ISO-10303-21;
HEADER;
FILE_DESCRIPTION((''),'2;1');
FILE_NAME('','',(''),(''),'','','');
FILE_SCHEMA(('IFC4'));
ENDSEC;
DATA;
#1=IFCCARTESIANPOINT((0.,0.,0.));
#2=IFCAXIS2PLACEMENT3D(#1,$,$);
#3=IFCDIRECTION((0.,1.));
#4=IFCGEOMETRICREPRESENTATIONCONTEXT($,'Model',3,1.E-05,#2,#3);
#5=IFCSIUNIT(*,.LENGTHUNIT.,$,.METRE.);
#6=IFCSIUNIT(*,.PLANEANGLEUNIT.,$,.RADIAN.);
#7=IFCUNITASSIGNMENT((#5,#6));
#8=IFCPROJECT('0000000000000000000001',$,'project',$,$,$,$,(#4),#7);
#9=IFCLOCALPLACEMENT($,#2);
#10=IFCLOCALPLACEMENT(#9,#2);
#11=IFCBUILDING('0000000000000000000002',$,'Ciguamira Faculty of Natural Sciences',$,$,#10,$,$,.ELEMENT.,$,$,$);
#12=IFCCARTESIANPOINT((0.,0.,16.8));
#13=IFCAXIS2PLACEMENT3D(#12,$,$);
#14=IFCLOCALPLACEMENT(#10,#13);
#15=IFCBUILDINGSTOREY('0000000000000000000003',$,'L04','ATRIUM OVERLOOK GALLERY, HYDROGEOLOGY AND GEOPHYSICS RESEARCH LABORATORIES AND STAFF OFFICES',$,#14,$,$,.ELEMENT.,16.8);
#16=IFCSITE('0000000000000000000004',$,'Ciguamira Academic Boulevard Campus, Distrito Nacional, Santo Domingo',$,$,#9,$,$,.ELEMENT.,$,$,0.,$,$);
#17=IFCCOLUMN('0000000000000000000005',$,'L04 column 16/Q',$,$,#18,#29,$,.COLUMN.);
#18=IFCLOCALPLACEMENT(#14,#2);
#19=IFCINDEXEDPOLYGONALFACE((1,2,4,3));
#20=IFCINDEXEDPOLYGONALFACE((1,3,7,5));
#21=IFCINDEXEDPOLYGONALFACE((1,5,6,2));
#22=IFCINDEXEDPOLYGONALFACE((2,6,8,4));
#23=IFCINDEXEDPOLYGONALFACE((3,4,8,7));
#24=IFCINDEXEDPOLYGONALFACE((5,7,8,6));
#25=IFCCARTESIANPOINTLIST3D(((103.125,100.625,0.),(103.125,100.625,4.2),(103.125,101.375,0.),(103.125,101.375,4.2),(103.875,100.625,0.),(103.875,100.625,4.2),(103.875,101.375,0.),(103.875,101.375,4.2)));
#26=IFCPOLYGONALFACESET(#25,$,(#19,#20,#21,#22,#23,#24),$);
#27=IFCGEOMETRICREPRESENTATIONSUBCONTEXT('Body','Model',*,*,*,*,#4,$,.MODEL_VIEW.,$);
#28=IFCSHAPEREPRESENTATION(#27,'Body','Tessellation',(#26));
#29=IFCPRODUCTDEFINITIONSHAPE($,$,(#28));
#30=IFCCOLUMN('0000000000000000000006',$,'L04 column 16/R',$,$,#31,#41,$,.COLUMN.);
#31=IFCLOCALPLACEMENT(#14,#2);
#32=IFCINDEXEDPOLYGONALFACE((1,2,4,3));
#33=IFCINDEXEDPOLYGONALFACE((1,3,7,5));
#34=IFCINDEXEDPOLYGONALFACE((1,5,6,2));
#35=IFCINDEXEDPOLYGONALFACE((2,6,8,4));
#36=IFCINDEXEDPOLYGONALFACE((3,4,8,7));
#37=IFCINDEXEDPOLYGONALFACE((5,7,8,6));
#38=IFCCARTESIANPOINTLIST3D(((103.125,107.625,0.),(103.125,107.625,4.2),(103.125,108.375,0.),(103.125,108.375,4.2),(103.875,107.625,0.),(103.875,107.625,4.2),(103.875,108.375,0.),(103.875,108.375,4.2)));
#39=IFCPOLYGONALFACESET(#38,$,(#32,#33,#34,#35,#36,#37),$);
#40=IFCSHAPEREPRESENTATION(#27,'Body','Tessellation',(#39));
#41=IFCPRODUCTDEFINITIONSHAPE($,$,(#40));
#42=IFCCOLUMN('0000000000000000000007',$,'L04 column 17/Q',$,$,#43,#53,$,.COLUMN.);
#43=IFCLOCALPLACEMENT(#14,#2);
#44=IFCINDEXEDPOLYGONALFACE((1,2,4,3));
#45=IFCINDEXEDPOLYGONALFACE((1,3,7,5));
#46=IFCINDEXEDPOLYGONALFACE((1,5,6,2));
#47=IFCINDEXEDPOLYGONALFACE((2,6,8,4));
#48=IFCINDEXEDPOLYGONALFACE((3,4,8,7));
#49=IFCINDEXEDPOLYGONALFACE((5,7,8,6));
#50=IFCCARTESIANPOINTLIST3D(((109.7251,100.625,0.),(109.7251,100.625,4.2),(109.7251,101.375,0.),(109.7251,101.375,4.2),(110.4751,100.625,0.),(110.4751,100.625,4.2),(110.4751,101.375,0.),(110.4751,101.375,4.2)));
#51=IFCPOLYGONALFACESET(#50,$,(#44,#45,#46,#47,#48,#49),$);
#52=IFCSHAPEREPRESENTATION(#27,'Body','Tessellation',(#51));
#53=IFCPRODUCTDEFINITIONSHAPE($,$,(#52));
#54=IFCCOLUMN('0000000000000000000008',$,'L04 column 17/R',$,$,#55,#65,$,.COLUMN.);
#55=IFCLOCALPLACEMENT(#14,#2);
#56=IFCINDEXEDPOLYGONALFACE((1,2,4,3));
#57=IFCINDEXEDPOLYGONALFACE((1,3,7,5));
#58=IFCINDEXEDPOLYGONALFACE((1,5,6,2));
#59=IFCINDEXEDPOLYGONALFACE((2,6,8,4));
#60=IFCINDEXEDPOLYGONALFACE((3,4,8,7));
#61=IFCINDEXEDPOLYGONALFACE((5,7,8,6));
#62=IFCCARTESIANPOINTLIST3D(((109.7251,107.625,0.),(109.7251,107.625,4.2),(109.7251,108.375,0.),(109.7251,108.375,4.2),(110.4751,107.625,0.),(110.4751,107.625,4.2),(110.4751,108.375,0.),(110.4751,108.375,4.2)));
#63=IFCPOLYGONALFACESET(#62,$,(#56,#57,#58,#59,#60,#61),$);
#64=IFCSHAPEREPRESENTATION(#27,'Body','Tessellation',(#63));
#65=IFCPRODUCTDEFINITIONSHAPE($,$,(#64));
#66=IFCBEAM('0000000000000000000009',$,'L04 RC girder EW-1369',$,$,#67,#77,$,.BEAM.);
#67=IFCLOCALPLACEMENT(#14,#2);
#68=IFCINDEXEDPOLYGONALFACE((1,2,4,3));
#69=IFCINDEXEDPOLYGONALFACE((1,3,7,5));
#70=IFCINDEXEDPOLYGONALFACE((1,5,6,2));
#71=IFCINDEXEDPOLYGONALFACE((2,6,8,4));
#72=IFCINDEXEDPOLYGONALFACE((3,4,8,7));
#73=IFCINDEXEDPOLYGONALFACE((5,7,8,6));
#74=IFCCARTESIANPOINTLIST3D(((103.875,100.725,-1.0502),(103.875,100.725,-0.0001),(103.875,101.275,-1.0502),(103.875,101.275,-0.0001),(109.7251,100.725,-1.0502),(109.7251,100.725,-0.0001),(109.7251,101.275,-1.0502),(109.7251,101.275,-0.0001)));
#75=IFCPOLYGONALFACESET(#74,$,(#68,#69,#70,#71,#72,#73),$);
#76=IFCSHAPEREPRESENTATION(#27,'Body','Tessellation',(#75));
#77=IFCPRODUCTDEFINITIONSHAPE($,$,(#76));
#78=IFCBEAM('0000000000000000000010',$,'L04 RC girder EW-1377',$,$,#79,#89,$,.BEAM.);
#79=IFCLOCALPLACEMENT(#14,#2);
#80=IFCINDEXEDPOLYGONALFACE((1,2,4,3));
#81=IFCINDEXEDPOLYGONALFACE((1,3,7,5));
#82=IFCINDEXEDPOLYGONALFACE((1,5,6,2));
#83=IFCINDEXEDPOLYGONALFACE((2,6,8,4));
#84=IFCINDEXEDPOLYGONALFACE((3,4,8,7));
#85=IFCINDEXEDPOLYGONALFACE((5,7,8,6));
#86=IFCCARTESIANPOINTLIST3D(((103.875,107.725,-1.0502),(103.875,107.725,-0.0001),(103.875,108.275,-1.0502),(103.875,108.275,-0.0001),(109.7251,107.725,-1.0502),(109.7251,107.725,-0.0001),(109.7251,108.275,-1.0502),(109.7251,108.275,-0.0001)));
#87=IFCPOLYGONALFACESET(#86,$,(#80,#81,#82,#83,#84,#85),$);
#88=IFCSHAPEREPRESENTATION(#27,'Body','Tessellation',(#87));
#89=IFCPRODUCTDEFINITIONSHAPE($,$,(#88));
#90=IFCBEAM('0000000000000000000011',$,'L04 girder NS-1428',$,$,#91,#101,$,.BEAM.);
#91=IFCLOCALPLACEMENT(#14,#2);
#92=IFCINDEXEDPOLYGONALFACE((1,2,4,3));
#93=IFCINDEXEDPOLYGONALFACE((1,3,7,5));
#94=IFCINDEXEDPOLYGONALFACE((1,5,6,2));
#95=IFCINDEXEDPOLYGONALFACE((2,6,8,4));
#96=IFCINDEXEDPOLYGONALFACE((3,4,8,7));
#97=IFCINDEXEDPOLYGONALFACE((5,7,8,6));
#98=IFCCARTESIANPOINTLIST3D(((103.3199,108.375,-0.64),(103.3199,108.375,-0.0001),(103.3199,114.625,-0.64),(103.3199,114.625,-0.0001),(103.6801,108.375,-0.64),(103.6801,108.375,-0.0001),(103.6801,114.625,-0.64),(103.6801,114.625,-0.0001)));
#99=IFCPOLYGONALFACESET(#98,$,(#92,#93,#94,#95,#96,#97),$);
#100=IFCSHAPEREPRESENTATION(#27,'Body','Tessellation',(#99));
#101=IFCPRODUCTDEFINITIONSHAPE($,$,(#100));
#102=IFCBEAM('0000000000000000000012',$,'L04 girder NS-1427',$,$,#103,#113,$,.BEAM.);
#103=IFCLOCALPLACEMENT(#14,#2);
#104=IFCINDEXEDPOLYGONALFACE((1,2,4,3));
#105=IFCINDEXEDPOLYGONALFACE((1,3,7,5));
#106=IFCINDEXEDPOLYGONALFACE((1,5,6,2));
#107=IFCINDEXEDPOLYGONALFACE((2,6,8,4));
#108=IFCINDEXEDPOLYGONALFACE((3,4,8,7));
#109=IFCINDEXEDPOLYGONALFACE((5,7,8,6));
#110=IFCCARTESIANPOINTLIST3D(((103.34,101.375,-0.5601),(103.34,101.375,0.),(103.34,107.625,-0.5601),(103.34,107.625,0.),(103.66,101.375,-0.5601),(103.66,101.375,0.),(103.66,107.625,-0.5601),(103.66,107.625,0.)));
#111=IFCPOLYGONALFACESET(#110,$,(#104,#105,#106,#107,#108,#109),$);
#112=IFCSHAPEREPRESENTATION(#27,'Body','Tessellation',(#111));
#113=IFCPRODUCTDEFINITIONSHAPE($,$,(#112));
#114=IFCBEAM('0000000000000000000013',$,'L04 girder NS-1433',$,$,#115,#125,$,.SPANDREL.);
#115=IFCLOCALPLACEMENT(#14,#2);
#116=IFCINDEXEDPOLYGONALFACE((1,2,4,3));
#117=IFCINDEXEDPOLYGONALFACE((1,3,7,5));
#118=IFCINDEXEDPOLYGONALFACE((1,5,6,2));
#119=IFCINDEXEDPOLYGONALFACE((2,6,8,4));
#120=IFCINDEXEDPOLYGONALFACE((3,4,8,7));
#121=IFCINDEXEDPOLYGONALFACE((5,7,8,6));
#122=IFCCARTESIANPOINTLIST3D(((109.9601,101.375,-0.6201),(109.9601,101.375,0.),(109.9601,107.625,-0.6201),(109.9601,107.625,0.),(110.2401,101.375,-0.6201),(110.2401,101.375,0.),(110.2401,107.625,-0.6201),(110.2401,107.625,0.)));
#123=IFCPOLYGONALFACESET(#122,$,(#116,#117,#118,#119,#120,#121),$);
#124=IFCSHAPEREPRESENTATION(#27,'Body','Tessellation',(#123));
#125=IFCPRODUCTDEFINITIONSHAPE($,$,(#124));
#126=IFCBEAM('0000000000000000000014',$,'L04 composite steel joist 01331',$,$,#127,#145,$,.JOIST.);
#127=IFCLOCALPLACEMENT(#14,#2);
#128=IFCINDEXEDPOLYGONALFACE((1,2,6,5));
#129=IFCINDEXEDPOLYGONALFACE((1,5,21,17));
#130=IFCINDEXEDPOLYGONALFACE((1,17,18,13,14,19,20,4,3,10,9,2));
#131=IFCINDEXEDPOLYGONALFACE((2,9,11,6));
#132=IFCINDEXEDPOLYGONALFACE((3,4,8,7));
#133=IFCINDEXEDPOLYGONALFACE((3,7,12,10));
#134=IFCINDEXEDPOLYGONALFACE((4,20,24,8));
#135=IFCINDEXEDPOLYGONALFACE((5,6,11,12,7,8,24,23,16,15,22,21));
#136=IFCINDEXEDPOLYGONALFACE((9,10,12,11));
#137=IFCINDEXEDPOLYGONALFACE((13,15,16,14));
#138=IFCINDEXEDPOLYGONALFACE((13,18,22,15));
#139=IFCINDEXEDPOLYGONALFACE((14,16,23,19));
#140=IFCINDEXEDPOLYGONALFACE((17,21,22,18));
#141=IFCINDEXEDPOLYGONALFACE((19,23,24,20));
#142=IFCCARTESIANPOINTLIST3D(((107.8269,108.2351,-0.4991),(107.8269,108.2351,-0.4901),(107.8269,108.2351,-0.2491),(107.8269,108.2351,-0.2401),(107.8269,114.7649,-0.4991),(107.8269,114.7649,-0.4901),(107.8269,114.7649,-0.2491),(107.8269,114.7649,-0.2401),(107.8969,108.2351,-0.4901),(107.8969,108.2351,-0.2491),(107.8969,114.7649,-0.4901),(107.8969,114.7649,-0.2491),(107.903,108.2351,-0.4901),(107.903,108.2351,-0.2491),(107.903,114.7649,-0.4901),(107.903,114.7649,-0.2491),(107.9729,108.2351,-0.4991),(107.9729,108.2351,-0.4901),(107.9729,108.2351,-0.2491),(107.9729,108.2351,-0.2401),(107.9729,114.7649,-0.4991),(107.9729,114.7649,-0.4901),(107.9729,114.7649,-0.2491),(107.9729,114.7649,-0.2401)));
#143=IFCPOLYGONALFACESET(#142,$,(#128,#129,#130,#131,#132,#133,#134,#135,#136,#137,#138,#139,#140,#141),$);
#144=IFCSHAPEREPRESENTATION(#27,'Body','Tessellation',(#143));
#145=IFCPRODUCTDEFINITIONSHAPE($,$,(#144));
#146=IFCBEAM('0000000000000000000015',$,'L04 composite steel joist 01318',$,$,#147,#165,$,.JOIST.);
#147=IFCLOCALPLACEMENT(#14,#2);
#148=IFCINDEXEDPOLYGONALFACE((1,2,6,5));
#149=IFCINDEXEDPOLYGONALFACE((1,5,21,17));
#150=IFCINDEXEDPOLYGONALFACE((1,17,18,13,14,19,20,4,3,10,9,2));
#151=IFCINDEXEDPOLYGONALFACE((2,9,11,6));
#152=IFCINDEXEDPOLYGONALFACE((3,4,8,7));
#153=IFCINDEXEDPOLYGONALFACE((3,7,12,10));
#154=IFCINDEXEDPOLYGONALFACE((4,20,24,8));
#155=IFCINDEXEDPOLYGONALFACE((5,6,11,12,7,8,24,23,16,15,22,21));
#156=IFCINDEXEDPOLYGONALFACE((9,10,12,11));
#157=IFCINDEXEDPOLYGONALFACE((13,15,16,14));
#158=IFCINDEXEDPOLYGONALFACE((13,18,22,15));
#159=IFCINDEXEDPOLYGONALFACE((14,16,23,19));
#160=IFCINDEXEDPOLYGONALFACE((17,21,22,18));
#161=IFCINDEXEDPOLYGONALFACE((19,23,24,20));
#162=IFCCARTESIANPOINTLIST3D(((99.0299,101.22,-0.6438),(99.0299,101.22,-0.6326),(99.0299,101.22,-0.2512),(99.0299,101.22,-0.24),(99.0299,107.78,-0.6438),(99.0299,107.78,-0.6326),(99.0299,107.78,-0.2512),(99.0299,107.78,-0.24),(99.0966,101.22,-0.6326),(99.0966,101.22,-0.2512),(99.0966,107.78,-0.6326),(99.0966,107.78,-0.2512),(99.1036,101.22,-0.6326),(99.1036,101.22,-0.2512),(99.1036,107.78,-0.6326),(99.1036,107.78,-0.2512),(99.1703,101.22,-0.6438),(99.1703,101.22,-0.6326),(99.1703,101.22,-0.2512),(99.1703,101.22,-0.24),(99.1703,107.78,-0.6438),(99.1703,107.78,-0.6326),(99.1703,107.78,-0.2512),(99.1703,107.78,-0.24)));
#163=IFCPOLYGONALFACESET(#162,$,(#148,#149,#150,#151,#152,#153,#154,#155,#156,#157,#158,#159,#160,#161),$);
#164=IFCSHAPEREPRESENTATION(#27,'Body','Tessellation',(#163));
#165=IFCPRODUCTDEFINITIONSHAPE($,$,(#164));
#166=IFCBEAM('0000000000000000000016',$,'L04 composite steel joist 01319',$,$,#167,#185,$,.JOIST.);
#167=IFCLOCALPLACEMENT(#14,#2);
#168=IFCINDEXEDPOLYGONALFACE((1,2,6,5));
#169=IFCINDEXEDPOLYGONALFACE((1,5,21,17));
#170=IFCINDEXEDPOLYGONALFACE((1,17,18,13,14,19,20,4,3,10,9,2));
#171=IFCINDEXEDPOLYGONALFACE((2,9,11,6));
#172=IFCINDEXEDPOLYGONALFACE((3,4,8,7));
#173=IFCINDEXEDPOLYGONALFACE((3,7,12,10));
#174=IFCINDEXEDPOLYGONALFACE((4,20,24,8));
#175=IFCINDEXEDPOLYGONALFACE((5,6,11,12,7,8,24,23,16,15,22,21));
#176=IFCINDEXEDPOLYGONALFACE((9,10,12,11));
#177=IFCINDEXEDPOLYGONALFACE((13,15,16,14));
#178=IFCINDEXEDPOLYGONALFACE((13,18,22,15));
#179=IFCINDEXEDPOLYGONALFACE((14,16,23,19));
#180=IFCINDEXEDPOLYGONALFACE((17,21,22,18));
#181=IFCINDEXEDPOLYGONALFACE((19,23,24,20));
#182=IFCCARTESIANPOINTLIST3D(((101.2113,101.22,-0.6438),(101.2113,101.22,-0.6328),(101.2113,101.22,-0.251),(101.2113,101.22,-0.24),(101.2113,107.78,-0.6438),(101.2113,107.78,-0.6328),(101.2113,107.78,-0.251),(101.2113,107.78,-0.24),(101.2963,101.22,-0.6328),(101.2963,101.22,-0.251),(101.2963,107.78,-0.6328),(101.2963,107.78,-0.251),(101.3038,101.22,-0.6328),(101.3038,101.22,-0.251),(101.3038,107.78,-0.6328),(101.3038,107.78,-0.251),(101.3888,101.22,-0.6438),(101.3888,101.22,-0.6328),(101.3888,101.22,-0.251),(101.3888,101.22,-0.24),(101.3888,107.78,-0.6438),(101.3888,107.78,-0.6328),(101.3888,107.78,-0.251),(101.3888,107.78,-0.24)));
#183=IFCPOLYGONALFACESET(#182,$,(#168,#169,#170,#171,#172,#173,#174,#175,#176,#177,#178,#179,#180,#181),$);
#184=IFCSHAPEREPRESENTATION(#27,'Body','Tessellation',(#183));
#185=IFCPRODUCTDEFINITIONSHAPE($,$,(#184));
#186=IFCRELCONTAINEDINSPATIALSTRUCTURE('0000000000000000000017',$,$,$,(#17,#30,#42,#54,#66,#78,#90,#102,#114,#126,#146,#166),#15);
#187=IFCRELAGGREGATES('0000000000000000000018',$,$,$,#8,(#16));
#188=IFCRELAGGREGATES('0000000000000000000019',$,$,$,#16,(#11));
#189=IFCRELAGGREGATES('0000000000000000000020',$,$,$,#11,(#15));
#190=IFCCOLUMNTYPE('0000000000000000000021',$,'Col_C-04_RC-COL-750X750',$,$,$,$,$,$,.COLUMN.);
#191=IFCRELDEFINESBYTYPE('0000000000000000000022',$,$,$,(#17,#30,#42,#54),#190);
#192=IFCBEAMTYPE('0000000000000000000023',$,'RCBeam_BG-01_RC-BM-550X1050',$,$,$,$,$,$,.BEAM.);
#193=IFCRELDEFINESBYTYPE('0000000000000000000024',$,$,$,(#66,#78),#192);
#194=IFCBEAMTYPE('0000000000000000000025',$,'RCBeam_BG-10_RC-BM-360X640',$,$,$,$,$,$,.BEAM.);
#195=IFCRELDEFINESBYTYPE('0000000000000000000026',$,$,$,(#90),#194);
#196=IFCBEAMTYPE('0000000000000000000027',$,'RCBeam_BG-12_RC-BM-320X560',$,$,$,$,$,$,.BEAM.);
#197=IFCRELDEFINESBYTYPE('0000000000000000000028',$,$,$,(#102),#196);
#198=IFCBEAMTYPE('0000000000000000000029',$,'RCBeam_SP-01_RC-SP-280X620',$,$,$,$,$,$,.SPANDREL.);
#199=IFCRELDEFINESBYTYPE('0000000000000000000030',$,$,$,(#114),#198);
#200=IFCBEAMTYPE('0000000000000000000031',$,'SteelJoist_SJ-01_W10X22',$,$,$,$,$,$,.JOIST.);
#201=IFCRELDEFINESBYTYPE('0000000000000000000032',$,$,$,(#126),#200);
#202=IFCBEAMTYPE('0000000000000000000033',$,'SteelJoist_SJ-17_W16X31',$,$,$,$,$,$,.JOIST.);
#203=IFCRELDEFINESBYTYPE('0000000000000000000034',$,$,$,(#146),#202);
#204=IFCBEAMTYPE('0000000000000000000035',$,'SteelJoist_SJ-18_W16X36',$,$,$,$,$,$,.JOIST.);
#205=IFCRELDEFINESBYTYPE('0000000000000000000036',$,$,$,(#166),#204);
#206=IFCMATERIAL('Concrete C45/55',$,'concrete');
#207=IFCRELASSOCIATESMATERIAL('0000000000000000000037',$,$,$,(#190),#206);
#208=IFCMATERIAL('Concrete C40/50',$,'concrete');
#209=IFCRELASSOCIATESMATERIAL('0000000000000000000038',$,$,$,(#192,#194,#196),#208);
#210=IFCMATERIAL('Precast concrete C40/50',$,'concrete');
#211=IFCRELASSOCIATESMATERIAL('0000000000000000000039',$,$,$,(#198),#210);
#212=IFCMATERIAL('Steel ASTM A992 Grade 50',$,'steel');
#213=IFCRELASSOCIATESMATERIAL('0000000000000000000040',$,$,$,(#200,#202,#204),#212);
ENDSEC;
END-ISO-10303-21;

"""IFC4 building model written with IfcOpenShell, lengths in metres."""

from ifc_helpers import new_model, si_unit, direction, frame, origin, origin_2d, place, context, subcontext, project, spatial, rectangle, i_section, extrude, material, material_profile, profile_set, type_object, element, save


model = new_model("IFC4")

# Units and contexts
model_context = context("Model", 3, precision=1e-05, world=origin(), true_north=direction((0.0, 1.0)))
body_context = subcontext(model_context, "Body", "Model", "MODEL_VIEW")
ifc_project = project(units=[si_unit("LENGTHUNIT", "METRE"), si_unit("PLANEANGLEUNIT", "RADIAN")], contexts=[model_context])

# Site, building, storey
site_placement = place(None, origin())
site = spatial("IfcSite", under=ifc_project, at=site_placement, Name="Ciguamira Academic Boulevard Campus, Distrito Nacional, Santo Domingo", CompositionType="ELEMENT", RefElevation=0.0)
building_placement = place(site_placement, origin())
building = spatial("IfcBuilding", under=site, at=building_placement, Name="Ciguamira Faculty of Natural Sciences", CompositionType="ELEMENT")
storey_placement = place(building_placement, frame((0.0, 0.0, 16.8)))
storey = spatial("IfcBuildingStorey", under=building, at=storey_placement, Name="L04", Description="ATRIUM OVERLOOK GALLERY, HYDROGEOLOGY AND GEOPHYSICS RESEARCH LABORATORIES AND STAFF OFFICES", CompositionType="ELEMENT", Elevation=16.8)

# Columns
ifc_material_1 = material(Name="Concrete C45/55", Category="concrete")
ifc_material_profile_1 = material_profile(ifc_material_1, rectangle(XDim=0.75, YDim=0.75, at=origin_2d()), Name="RC-COL-750X750")
ifc_profile_set_1 = profile_set([ifc_material_profile_1], Name="Concrete C45/55")
column_type = type_object("IfcColumnType", Name="Col_C-04_RC-COL-750X750", PredefinedType="COLUMN", material=ifc_profile_set_1)
for number, where, z_axis, x_axis, name in (
    (1, (103.5, 101.0, 0.0), (0.0, 0.0, 1.0), (1.0, 0.0, 0.0), "L04 column 16/Q"),
    (2, (103.5, 108.0, 0.0), (0.0, 0.0, 1.0), (1.0, 0.0, 0.0), "L04 column 16/R"),
    (3, (110.1001, 101.0, 0.0), (0.0, 0.0, 1.0), (1.0, 0.0, 0.0), "L04 column 17/Q"),
    (4, (110.1001, 108.0, 0.0), (0.0, 0.0, 1.0), (1.0, 0.0, 0.0), "L04 column 17/R"),
):
    element("IfcColumn", number, at=place(storey_placement, frame(where, z_axis=z_axis, x_axis=x_axis)), inside=storey, type_object=column_type, Name=name, PredefinedType="COLUMN", context=body_context, shape_type="SweptSolid", body=[
        extrude(rectangle(XDim=0.75, YDim=0.75, at=origin_2d()), origin(), (0.0, 0.0, 1.0), 4.2),
    ])

# Beams
ifc_material_2 = material(Name="Concrete C40/50", Category="concrete")
ifc_material_profile_2 = material_profile(ifc_material_2, rectangle(XDim=0.55, YDim=1.05, at=origin_2d()), Name="RC-BM-550X1050")
ifc_profile_set_2 = profile_set([ifc_material_profile_2], Name="Concrete C40/50")
beam_type_1 = type_object("IfcBeamType", Name="RCBeam_BG-01_RC-BM-550X1050", PredefinedType="BEAM", material=ifc_profile_set_2)
for number, where, z_axis, x_axis, name in (
    (5, (103.875, 101.0, -0.5251), (1.0, 0.0, 0.0), (0.0, 1.0, 0.0), "L04 RC girder EW-1369"),
    (6, (103.875, 108.0, -0.5251), (1.0, 0.0, 0.0), (0.0, 1.0, 0.0), "L04 RC girder EW-1377"),
):
    element("IfcBeam", number, at=place(storey_placement, frame(where, z_axis=z_axis, x_axis=x_axis)), inside=storey, type_object=beam_type_1, Name=name, PredefinedType="BEAM", context=body_context, shape_type="SweptSolid", body=[
        extrude(rectangle(XDim=0.55, YDim=1.05, at=origin_2d()), origin(), (0.0, 0.0, 1.0), 5.8501),
    ])
ifc_material_profile_3 = material_profile(ifc_material_2, rectangle(XDim=0.3601, YDim=0.6399, at=origin_2d()), Name="RC-BM-360X640")
ifc_profile_set_3 = profile_set([ifc_material_profile_3], Name="Concrete C40/50")
beam_type_2 = type_object("IfcBeamType", Name="RCBeam_BG-10_RC-BM-360X640", PredefinedType="BEAM", material=ifc_profile_set_3)
beam_1_placement = place(storey_placement, frame((103.5, 108.375, -0.3201), z_axis=(0.0, 1.0, 0.0), x_axis=(-1.0, 0.0, 0.0)))
element("IfcBeam", 7, at=beam_1_placement, inside=storey, type_object=beam_type_2, Name="L04 girder NS-1428", PredefinedType="BEAM", context=body_context, shape_type="SweptSolid", body=[
    extrude(rectangle(XDim=0.3601, YDim=0.6399, at=origin_2d()), origin(), (0.0, 0.0, 1.0), 6.25),
])
ifc_material_profile_4 = material_profile(ifc_material_2, rectangle(XDim=0.3201, YDim=0.5601, at=origin_2d()), Name="RC-BM-320X560")
ifc_profile_set_4 = profile_set([ifc_material_profile_4], Name="Concrete C40/50")
beam_type_3 = type_object("IfcBeamType", Name="RCBeam_BG-12_RC-BM-320X560", PredefinedType="BEAM", material=ifc_profile_set_4)
beam_2_placement = place(storey_placement, frame((103.5, 101.375, -0.28), z_axis=(0.0, 1.0, 0.0), x_axis=(-1.0, 0.0, 0.0)))
element("IfcBeam", 8, at=beam_2_placement, inside=storey, type_object=beam_type_3, Name="L04 girder NS-1427", PredefinedType="BEAM", context=body_context, shape_type="SweptSolid", body=[
    extrude(rectangle(XDim=0.3201, YDim=0.5601, at=origin_2d()), origin(), (0.0, 0.0, 1.0), 6.25),
])
ifc_material_3 = material(Name="Precast concrete C40/50", Category="concrete")
ifc_material_profile_5 = material_profile(ifc_material_3, rectangle(XDim=0.28, YDim=0.6201, at=origin_2d()), Name="RC-SP-280X620")
ifc_profile_set_5 = profile_set([ifc_material_profile_5], Name="Precast concrete C40/50")
beam_type_4 = type_object("IfcBeamType", Name="RCBeam_SP-01_RC-SP-280X620", PredefinedType="SPANDREL", material=ifc_profile_set_5)
beam_3_placement = place(storey_placement, frame((110.1001, 101.375, -0.3101), z_axis=(0.0, 1.0, 0.0), x_axis=(-1.0, 0.0, 0.0)))
element("IfcBeam", 9, at=beam_3_placement, inside=storey, type_object=beam_type_4, Name="L04 girder NS-1433", PredefinedType="SPANDREL", context=body_context, shape_type="SweptSolid", body=[
    extrude(rectangle(XDim=0.28, YDim=0.6201, at=origin_2d()), origin(), (0.0, 0.0, 1.0), 6.25),
])
ifc_material_4 = material(Name="Steel ASTM A992 Grade 50", Category="steel")
ifc_material_profile_6 = material_profile(ifc_material_4, i_section(OverallWidth=0.146, OverallDepth=0.259, WebThickness=0.0061, FlangeThickness=0.009, at=origin_2d()), Name="W10X22")
ifc_profile_set_6 = profile_set([ifc_material_profile_6], Name="Steel ASTM A992 Grade 50")
beam_type_5 = type_object("IfcBeamType", Name="SteelJoist_SJ-01_W10X22", PredefinedType="JOIST", material=ifc_profile_set_6)
beam_4_placement = place(storey_placement, frame((107.8999, 108.2351, -0.3696), z_axis=(0.0, 1.0, 0.0), x_axis=(-1.0, 0.0, 0.0)))
element("IfcBeam", 10, at=beam_4_placement, inside=storey, type_object=beam_type_5, Name="L04 composite steel joist 01331", PredefinedType="JOIST", context=body_context, shape_type="SweptSolid", body=[
    extrude(i_section(OverallWidth=0.146, OverallDepth=0.259, WebThickness=0.0061, FlangeThickness=0.009, at=origin_2d()), origin(), (0.0, 0.0, 1.0), 6.5298),
])
ifc_material_profile_7 = material_profile(ifc_material_4, i_section(OverallWidth=0.1404, OverallDepth=0.4038, WebThickness=0.0071, FlangeThickness=0.0112, at=origin_2d()), Name="W16X31")
ifc_profile_set_7 = profile_set([ifc_material_profile_7], Name="Steel ASTM A992 Grade 50")
beam_type_6 = type_object("IfcBeamType", Name="SteelJoist_SJ-17_W16X31", PredefinedType="JOIST", material=ifc_profile_set_7)
beam_5_placement = place(storey_placement, frame((99.1001, 101.22, -0.4419), z_axis=(0.0, 1.0, 0.0), x_axis=(-1.0, 0.0, 0.0)))
element("IfcBeam", 11, at=beam_5_placement, inside=storey, type_object=beam_type_6, Name="L04 composite steel joist 01318", PredefinedType="JOIST", context=body_context, shape_type="SweptSolid", body=[
    extrude(i_section(OverallWidth=0.1404, OverallDepth=0.4038, WebThickness=0.0071, FlangeThickness=0.0112, at=origin_2d()), origin(), (0.0, 0.0, 1.0), 6.5601),
])
ifc_material_profile_8 = material_profile(ifc_material_4, i_section(OverallWidth=0.1775, OverallDepth=0.4038, WebThickness=0.0076, FlangeThickness=0.011, at=origin_2d()), Name="W16X36")
ifc_profile_set_8 = profile_set([ifc_material_profile_8], Name="Steel ASTM A992 Grade 50")
beam_type_7 = type_object("IfcBeamType", Name="SteelJoist_SJ-18_W16X36", PredefinedType="JOIST", material=ifc_profile_set_8)
beam_6_placement = place(storey_placement, frame((101.3, 101.22, -0.4419), z_axis=(0.0, 1.0, 0.0), x_axis=(-1.0, 0.0, 0.0)))
element("IfcBeam", 12, at=beam_6_placement, inside=storey, type_object=beam_type_7, Name="L04 composite steel joist 01319", PredefinedType="JOIST", context=body_context, shape_type="SweptSolid", body=[
    extrude(i_section(OverallWidth=0.1775, OverallDepth=0.4038, WebThickness=0.0076, FlangeThickness=0.011, at=origin_2d()), origin(), (0.0, 0.0, 1.0), 6.5601),
])

save(model, "model.ifc")
